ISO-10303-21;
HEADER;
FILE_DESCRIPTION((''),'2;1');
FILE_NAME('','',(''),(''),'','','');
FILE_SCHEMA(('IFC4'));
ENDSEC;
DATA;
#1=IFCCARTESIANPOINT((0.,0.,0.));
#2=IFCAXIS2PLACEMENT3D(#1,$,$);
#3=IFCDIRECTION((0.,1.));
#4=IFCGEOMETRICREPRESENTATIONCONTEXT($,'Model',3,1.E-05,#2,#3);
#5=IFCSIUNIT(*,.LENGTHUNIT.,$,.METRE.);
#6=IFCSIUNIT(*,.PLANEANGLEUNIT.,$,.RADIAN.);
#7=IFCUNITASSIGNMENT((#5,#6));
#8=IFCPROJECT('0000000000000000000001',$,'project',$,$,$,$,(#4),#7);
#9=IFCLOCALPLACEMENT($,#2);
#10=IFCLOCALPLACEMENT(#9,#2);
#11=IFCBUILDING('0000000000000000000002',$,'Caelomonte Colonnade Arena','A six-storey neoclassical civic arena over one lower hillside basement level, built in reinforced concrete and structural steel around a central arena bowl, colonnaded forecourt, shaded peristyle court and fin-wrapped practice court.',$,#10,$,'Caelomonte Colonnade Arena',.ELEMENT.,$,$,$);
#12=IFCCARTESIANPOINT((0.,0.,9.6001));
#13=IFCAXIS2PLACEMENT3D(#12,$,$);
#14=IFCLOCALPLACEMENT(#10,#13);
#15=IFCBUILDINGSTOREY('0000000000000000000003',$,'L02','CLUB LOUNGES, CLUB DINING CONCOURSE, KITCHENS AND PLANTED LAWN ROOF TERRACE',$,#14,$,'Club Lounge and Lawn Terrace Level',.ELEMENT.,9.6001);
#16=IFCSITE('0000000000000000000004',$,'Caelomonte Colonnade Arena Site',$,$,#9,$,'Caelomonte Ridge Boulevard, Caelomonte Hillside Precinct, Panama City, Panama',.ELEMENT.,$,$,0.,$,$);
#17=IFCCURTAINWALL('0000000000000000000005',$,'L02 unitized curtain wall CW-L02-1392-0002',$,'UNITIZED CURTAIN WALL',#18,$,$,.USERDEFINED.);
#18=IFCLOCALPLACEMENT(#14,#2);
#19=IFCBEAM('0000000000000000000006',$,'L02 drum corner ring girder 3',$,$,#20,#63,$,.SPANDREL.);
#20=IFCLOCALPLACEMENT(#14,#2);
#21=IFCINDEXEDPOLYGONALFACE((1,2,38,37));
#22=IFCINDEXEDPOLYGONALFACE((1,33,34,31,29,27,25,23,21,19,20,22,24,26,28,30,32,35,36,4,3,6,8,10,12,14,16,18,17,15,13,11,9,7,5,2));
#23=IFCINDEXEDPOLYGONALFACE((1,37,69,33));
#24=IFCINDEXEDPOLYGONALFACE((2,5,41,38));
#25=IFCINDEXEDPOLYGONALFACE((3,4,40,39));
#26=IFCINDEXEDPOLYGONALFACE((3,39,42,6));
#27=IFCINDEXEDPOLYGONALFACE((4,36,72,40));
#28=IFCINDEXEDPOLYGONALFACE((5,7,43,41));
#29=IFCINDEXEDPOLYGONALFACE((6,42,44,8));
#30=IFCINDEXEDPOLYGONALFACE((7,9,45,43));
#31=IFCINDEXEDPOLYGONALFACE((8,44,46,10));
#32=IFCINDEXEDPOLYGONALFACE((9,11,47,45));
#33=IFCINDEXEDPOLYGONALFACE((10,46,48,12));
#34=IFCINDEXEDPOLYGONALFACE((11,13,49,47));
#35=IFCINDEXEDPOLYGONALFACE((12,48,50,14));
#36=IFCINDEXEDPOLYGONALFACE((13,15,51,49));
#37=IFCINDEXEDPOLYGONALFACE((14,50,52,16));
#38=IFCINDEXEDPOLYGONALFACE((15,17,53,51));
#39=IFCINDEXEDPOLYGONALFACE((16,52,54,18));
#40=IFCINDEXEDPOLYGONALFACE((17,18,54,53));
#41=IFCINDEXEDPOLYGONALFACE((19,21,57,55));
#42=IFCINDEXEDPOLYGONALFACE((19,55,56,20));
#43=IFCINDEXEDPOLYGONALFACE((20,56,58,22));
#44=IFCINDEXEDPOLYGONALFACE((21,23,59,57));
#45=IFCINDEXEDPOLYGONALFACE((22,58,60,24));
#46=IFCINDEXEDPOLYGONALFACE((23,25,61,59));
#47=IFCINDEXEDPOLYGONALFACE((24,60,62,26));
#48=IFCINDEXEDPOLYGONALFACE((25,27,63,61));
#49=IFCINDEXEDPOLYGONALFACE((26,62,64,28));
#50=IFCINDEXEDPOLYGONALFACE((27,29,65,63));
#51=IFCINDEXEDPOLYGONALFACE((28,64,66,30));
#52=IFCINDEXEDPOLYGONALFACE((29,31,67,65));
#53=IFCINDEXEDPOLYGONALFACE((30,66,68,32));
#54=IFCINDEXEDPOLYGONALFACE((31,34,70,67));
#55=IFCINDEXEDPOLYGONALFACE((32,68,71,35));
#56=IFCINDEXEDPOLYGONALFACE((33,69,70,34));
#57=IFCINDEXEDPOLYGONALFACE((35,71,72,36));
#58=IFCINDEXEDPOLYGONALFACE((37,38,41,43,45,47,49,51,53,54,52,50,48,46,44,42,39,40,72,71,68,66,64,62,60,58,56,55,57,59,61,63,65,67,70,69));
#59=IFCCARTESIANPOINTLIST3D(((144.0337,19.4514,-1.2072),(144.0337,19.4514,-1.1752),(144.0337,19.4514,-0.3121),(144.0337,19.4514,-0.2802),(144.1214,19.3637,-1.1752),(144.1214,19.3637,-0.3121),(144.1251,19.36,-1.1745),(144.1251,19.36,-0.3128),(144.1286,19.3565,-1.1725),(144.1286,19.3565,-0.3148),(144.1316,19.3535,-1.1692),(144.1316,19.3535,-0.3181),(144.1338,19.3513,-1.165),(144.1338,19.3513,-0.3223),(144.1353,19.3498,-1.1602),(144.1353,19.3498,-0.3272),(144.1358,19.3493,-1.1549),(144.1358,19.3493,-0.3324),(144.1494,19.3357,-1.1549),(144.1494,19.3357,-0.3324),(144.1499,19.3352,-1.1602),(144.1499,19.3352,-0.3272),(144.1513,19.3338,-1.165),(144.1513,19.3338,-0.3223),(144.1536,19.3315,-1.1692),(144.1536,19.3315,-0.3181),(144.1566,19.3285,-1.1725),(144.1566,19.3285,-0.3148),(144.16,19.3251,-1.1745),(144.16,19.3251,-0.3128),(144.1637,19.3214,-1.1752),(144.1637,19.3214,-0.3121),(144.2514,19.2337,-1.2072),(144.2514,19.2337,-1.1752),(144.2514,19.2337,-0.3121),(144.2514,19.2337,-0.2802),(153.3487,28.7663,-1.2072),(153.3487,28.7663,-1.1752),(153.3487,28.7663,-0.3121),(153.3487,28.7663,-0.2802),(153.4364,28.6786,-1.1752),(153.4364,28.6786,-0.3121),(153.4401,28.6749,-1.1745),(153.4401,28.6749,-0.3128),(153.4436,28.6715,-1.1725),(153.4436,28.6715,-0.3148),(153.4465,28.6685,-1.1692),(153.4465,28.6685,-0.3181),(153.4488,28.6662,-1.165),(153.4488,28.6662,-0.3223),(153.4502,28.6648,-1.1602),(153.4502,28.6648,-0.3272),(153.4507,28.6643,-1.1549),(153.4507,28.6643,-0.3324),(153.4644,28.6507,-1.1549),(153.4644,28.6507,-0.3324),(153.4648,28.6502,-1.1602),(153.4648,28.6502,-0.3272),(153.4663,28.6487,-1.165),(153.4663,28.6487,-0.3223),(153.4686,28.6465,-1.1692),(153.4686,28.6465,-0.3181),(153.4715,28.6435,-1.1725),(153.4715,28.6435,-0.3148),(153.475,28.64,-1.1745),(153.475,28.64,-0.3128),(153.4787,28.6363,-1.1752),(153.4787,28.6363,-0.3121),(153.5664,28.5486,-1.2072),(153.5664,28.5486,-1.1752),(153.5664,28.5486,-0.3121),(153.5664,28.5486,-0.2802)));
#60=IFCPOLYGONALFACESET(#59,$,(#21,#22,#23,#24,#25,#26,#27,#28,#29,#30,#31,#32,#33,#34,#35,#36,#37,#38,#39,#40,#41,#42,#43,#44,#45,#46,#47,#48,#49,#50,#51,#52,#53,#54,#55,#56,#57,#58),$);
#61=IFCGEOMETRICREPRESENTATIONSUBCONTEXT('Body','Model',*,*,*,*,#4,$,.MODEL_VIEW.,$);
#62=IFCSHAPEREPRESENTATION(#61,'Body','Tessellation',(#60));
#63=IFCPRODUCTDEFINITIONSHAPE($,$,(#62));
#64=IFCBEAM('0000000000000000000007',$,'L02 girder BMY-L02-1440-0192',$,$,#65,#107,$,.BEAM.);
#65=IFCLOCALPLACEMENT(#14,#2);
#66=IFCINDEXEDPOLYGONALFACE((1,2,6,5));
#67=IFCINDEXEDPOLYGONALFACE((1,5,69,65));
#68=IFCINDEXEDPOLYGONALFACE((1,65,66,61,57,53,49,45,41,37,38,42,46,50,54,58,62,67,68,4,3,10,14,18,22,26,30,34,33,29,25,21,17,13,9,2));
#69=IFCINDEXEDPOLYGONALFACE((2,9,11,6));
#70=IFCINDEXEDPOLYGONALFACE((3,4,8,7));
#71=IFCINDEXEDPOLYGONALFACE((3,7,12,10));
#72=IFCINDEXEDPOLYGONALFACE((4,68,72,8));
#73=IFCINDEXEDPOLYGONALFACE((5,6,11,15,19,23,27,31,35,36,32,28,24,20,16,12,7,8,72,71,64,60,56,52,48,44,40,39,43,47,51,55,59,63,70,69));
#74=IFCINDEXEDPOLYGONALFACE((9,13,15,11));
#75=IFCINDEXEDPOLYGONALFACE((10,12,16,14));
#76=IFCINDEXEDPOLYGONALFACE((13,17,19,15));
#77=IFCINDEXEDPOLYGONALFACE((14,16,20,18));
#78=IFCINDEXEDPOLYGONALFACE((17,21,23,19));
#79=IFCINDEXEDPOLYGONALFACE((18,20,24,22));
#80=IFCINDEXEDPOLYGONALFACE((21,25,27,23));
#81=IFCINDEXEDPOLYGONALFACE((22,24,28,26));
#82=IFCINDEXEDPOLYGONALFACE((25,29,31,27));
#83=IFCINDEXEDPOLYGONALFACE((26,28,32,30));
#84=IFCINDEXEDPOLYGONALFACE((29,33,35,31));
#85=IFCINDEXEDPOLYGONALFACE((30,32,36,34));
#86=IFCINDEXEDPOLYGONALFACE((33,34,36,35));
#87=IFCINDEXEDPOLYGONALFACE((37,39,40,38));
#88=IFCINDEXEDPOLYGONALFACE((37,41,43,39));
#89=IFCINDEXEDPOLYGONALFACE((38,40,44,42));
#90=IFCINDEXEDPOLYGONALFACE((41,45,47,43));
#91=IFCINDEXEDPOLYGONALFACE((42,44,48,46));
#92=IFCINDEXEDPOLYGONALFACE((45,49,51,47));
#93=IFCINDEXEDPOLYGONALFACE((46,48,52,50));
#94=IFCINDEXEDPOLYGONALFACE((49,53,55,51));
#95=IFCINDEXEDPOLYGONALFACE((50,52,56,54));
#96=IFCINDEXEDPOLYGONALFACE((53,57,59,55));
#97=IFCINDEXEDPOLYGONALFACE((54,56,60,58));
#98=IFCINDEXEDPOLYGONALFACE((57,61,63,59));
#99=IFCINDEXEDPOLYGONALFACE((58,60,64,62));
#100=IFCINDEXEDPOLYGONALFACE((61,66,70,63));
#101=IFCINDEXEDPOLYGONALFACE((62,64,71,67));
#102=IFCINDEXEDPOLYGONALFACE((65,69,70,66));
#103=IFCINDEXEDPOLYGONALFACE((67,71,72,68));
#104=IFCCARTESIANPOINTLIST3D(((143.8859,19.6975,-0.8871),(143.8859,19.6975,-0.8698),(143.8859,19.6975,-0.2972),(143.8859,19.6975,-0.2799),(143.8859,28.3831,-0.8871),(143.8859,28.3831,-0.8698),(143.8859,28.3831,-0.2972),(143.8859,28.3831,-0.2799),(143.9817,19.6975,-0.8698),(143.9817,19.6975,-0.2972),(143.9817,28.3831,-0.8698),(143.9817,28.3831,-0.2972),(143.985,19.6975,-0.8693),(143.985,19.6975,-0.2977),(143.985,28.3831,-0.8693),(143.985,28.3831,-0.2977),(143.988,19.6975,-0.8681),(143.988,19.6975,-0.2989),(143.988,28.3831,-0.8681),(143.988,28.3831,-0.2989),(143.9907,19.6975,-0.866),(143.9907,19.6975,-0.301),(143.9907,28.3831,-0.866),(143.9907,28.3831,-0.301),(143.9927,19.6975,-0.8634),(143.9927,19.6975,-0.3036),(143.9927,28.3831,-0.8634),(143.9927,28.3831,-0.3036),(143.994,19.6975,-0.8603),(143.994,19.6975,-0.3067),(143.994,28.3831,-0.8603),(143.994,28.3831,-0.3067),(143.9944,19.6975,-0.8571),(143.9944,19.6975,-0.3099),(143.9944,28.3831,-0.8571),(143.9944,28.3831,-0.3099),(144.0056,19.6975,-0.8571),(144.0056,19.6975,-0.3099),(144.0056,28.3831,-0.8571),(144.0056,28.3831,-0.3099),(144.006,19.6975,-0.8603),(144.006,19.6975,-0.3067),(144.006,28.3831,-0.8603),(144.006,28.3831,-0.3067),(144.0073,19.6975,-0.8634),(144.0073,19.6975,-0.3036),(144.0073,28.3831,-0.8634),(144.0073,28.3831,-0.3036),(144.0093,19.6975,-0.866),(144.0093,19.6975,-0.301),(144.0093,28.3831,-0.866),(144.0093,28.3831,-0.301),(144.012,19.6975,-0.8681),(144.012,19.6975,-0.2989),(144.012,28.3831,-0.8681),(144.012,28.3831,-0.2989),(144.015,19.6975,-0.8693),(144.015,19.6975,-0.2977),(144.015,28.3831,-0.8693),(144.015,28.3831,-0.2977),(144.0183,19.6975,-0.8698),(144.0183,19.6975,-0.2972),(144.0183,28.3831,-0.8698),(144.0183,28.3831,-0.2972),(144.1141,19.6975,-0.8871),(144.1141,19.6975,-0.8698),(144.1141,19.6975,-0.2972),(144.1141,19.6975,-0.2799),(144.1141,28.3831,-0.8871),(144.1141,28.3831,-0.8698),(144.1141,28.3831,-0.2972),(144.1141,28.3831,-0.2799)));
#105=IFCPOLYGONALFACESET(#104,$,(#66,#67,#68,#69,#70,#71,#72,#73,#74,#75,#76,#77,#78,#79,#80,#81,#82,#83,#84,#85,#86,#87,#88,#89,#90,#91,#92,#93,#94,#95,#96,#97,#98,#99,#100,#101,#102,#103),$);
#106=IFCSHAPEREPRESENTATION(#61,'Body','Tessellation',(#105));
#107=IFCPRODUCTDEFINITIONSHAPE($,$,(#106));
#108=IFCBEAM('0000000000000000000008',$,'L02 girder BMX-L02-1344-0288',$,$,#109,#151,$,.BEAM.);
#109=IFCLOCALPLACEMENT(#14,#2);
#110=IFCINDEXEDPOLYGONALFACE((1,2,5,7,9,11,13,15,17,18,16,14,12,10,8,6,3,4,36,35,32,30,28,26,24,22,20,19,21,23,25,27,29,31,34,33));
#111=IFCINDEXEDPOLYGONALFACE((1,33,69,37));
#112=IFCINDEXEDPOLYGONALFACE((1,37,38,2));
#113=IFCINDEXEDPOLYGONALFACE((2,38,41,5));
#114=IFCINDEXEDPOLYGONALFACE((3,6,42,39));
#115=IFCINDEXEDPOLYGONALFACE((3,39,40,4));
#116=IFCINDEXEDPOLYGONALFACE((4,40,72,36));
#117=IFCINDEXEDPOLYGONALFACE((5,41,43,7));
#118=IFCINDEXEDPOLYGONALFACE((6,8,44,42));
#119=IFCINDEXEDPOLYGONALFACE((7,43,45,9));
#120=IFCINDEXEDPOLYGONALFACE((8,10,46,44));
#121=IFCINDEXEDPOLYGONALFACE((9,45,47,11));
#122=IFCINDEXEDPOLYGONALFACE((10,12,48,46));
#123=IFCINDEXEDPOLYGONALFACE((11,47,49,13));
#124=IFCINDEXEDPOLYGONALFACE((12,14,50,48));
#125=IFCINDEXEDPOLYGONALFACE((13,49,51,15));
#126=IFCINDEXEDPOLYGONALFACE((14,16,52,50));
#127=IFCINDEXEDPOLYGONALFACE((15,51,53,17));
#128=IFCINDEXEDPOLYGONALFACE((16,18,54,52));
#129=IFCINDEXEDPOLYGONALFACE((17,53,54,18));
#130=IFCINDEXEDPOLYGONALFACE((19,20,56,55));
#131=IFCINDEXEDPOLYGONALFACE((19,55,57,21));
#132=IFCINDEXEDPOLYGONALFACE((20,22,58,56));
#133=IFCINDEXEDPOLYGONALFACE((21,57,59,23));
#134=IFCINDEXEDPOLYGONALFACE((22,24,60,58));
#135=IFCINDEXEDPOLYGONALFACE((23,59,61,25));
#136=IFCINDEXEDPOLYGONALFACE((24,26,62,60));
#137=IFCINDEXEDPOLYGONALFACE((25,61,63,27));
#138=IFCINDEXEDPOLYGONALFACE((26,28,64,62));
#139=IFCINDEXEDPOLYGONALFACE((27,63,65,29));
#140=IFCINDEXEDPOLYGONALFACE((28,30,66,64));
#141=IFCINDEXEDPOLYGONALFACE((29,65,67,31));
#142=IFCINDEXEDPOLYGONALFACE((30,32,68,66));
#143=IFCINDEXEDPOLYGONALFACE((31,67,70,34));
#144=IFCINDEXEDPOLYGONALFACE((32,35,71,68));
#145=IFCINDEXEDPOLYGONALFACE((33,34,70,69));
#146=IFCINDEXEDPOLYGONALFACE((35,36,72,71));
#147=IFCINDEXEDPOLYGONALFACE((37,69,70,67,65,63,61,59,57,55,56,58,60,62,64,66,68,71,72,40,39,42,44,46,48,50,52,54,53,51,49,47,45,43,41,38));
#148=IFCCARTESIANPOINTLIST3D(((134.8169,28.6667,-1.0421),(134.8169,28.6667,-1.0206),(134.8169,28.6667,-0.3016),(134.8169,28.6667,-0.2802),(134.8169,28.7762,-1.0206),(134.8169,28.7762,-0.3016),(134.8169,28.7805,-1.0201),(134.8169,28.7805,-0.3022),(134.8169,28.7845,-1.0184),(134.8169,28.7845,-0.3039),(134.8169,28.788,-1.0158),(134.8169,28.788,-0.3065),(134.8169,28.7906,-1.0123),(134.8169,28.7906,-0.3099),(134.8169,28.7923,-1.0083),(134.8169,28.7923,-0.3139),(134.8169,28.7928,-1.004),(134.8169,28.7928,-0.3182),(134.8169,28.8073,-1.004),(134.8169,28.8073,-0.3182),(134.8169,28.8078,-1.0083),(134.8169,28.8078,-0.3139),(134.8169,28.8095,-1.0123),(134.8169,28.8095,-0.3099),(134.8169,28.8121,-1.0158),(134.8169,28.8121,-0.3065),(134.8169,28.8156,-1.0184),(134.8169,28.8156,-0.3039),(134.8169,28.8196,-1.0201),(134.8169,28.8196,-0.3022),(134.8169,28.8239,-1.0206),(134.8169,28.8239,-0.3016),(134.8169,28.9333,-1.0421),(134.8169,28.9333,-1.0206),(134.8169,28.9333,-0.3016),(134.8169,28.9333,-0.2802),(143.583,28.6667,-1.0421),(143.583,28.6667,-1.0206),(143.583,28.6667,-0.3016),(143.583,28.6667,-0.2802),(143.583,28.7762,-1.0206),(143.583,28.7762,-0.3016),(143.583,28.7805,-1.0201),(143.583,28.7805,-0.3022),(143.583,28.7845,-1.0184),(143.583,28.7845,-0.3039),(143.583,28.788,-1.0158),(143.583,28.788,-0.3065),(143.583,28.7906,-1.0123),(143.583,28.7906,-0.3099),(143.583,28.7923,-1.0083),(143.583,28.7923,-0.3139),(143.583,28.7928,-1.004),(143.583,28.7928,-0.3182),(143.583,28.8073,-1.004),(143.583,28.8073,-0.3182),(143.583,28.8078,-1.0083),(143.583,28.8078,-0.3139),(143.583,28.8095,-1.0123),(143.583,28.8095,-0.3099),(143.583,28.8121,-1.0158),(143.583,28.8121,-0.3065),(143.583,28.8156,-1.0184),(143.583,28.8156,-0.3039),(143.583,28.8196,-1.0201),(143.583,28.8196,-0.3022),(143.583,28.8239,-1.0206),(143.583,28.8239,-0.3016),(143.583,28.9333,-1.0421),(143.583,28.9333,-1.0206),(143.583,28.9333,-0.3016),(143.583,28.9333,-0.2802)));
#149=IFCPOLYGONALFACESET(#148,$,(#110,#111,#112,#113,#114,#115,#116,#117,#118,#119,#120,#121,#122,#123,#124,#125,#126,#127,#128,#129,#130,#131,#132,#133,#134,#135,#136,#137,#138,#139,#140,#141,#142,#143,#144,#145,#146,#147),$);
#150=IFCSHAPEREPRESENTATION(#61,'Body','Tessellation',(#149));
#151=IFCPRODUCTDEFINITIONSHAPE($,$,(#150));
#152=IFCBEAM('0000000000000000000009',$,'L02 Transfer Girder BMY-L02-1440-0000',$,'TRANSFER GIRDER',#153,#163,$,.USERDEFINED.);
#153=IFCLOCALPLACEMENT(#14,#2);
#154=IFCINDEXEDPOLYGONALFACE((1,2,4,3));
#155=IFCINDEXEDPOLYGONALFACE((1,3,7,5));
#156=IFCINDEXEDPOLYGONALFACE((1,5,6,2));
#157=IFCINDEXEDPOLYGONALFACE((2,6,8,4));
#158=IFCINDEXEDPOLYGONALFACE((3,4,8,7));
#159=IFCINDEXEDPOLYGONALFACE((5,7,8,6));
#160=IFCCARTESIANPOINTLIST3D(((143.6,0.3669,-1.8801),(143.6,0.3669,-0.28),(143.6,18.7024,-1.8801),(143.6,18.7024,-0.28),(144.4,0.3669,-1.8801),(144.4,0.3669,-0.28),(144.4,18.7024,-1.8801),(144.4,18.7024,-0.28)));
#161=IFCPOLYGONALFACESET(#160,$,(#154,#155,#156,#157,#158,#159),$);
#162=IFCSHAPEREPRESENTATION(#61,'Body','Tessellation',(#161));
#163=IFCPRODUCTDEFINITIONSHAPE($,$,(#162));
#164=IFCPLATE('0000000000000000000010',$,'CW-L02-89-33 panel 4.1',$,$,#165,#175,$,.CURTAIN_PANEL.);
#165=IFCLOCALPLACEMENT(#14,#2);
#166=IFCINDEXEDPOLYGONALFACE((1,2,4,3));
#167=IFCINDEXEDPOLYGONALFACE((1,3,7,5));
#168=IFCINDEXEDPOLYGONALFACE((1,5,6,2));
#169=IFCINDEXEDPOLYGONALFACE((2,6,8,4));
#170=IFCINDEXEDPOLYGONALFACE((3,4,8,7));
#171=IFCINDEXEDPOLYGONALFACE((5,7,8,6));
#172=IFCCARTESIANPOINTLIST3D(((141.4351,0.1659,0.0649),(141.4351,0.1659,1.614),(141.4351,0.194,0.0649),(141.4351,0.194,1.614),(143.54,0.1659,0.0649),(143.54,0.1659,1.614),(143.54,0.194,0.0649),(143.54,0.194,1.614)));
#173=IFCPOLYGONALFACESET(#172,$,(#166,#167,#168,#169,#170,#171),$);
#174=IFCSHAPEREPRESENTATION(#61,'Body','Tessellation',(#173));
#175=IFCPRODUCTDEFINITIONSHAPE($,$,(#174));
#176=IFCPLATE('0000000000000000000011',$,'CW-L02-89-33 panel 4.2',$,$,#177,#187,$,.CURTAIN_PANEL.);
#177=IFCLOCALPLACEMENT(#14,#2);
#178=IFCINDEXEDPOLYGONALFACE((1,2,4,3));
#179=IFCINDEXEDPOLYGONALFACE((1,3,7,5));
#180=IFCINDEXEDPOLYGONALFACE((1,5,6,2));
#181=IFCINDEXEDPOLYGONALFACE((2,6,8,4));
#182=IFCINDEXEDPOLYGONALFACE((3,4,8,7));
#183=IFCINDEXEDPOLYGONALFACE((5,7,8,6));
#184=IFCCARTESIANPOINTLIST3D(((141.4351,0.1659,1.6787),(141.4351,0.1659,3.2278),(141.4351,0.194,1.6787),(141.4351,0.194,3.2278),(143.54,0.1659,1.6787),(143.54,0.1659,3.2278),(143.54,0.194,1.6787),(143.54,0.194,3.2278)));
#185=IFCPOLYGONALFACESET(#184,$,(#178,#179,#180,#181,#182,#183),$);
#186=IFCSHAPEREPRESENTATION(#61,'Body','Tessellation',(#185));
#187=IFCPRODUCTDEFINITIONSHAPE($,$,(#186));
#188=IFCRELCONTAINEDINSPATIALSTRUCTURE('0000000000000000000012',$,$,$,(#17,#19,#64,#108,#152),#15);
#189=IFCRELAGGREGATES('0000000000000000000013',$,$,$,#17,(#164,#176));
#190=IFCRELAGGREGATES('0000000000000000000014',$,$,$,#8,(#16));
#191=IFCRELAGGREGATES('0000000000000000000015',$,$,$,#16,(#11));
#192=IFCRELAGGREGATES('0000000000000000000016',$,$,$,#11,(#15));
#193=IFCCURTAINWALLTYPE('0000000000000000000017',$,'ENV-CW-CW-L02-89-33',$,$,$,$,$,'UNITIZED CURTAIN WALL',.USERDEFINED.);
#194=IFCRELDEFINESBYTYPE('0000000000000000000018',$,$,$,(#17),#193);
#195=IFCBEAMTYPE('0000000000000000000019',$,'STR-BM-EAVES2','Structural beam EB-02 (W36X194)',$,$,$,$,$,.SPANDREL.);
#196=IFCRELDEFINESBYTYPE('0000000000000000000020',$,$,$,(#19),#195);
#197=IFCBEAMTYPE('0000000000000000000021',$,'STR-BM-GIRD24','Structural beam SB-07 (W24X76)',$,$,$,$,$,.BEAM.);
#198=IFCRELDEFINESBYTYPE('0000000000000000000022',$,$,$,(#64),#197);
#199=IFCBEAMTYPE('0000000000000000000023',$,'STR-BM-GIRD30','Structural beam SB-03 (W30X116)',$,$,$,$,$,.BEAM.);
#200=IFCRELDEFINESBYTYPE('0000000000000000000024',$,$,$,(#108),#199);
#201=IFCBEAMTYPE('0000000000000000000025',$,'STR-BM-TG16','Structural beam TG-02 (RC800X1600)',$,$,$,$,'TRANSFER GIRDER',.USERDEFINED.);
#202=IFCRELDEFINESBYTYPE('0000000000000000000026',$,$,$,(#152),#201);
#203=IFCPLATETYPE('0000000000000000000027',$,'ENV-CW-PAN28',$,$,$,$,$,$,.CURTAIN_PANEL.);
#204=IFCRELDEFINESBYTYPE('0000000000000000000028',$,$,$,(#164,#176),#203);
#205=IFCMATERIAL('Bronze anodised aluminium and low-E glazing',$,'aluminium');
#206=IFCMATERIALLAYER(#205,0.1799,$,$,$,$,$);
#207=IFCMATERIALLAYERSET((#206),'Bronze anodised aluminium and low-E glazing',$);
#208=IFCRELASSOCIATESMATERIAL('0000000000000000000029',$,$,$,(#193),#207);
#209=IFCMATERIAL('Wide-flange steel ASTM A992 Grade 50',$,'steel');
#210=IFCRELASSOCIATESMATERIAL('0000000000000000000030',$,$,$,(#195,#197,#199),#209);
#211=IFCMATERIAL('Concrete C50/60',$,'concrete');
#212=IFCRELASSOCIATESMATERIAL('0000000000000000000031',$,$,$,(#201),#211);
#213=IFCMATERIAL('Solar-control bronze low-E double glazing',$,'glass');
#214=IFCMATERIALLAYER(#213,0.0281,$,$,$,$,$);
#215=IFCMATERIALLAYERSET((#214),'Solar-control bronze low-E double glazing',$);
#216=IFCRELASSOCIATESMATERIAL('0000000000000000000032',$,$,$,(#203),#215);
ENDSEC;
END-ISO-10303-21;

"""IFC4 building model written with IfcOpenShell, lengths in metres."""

from ifc_helpers import new_model, si_unit, direction, frame, origin, origin_2d, place, context, subcontext, project, spatial, rectangle, i_section, extrude, material, layer, layer_set, material_profile, profile_set, type_object, element, aggregate, save


model = new_model("IFC4")

# Units and contexts
model_context = context("Model", 3, precision=1e-05, world=origin(), true_north=direction((0.0, 1.0)))
body_context = subcontext(model_context, "Body", "Model", "MODEL_VIEW")
ifc_project = project(units=[si_unit("LENGTHUNIT", "METRE"), si_unit("PLANEANGLEUNIT", "RADIAN")], contexts=[model_context])

# Site, building, storey
site_placement = place(None, origin())
site = spatial("IfcSite", under=ifc_project, at=site_placement, Name="Caelomonte Colonnade Arena Site", LongName="Caelomonte Ridge Boulevard, Caelomonte Hillside Precinct, Panama City, Panama", CompositionType="ELEMENT", RefElevation=0.0)
building_placement = place(site_placement, origin())
building = spatial("IfcBuilding", under=site, at=building_placement, Name="Caelomonte Colonnade Arena", Description="A six-storey neoclassical civic arena over one lower hillside basement level, built in reinforced concrete and structural steel around a central arena bowl, colonnaded forecourt, shaded peristyle court and fin-wrapped practice court.", LongName="Caelomonte Colonnade Arena", CompositionType="ELEMENT")
storey_placement = place(building_placement, frame((0.0, 0.0, 9.6001)))
storey = spatial("IfcBuildingStorey", under=building, at=storey_placement, Name="L02", Description="CLUB LOUNGES, CLUB DINING CONCOURSE, KITCHENS AND PLANTED LAWN ROOF TERRACE", LongName="Club Lounge and Lawn Terrace Level", CompositionType="ELEMENT", Elevation=9.6001)

# Shared definitions
ifc_material_1 = material(Name="Wide-flange steel ASTM A992 Grade 50", Category="steel")

# Curtain wall
ifc_material_2 = material(Name="Bronze anodised aluminium and low-E glazing", Category="aluminium")
ifc_layer_1 = layer(ifc_material_2, 0.1799)
ifc_layer_set_1 = layer_set([ifc_layer_1], Name="Bronze anodised aluminium and low-E glazing")
curtain_wall_type = type_object("IfcCurtainWallType", Name="ENV-CW-CW-L02-89-33", ElementType="UNITIZED CURTAIN WALL", PredefinedType="USERDEFINED", material=ifc_layer_set_1)
curtain_wall_placement = place(storey_placement, origin())
curtain_wall = element("IfcCurtainWall", 1, at=curtain_wall_placement, inside=storey, type_object=curtain_wall_type, Name="L02 unitized curtain wall CW-L02-1392-0002", ObjectType="UNITIZED CURTAIN WALL", PredefinedType="USERDEFINED")

# Beams
ifc_material_profile_1 = material_profile(ifc_material_1, i_section(OverallWidth=0.3079, OverallDepth=0.927, WebThickness=0.0193, FlangeThickness=0.032, FilletRadius=0.0203, at=origin_2d()), Name="W36X194")
ifc_profile_set_1 = profile_set([ifc_material_profile_1], Name="Wide-flange steel ASTM A992 Grade 50")
beam_type_1 = type_object("IfcBeamType", Name="STR-BM-EAVES2", Description="Structural beam EB-02 (W36X194)", PredefinedType="SPANDREL", material=ifc_profile_set_1)
beam_1_placement = place(storey_placement, frame((144.1426, 19.3425, -0.7437), z_axis=(0.707107, 0.707107, 0.0), x_axis=(-0.707107, 0.707107, 0.0)))
element("IfcBeam", 2, at=beam_1_placement, inside=storey, type_object=beam_type_1, Name="L02 drum corner ring girder 3", PredefinedType="SPANDREL", context=body_context, shape_type="SweptSolid", body=[
    extrude(i_section(OverallWidth=0.3079, OverallDepth=0.927, WebThickness=0.0193, FlangeThickness=0.032, FilletRadius=0.0203, at=origin_2d()), origin(), (0.0, 0.0, 1.0), 13.1733),
])
ifc_material_profile_2 = material_profile(ifc_material_1, i_section(OverallWidth=0.2283, OverallDepth=0.6072, WebThickness=0.0112, FlangeThickness=0.0173, FilletRadius=0.0127, at=origin_2d()), Name="W24X76")
ifc_profile_set_2 = profile_set([ifc_material_profile_2], Name="Wide-flange steel ASTM A992 Grade 50")
beam_type_2 = type_object("IfcBeamType", Name="STR-BM-GIRD24", Description="Structural beam SB-07 (W24X76)", PredefinedType="BEAM", material=ifc_profile_set_2)
beam_2_placement = place(storey_placement, frame((144.0, 19.6975, -0.5835), z_axis=(0.0, 1.0, 0.0), x_axis=(-1.0, 0.0, 0.0)))
element("IfcBeam", 3, at=beam_2_placement, inside=storey, type_object=beam_type_2, Name="L02 girder BMY-L02-1440-0192", PredefinedType="BEAM", context=body_context, shape_type="SweptSolid", body=[
    extrude(i_section(OverallWidth=0.2283, OverallDepth=0.6072, WebThickness=0.0112, FlangeThickness=0.0173, FilletRadius=0.0127, at=origin_2d()), origin(), (0.0, 0.0, 1.0), 8.6855),
])
ifc_material_profile_3 = material_profile(ifc_material_1, i_section(OverallWidth=0.2666, OverallDepth=0.762, WebThickness=0.0144, FlangeThickness=0.0215, FilletRadius=0.0166, at=origin_2d()), Name="W30X116")
ifc_profile_set_3 = profile_set([ifc_material_profile_3], Name="Wide-flange steel ASTM A992 Grade 50")
beam_type_3 = type_object("IfcBeamType", Name="STR-BM-GIRD30", Description="Structural beam SB-03 (W30X116)", PredefinedType="BEAM", material=ifc_profile_set_3)
beam_3_placement = place(storey_placement, frame((134.8169, 28.8, -0.6611), z_axis=(1.0, 0.0, 0.0), x_axis=(0.0, 1.0, 0.0)))
element("IfcBeam", 4, at=beam_3_placement, inside=storey, type_object=beam_type_3, Name="L02 girder BMX-L02-1344-0288", PredefinedType="BEAM", context=body_context, shape_type="SweptSolid", body=[
    extrude(i_section(OverallWidth=0.2666, OverallDepth=0.762, WebThickness=0.0144, FlangeThickness=0.0215, FilletRadius=0.0166, at=origin_2d()), origin(), (0.0, 0.0, 1.0), 8.7661),
])
ifc_material_3 = material(Name="Concrete C50/60", Category="concrete")
ifc_material_profile_4 = material_profile(ifc_material_3, rectangle(XDim=0.8, YDim=1.6001, at=origin_2d()), Name="RC800X1600")
ifc_profile_set_4 = profile_set([ifc_material_profile_4], Name="Concrete C50/60")
beam_type_4 = type_object("IfcBeamType", Name="STR-BM-TG16", Description="Structural beam TG-02 (RC800X1600)", ElementType="TRANSFER GIRDER", PredefinedType="USERDEFINED", material=ifc_profile_set_4)
beam_4_placement = place(storey_placement, frame((144.0, 0.3669, -1.0801), z_axis=(0.0, 1.0, 0.0), x_axis=(-1.0, 0.0, 0.0)))
element("IfcBeam", 5, at=beam_4_placement, inside=storey, type_object=beam_type_4, Name="L02 Transfer Girder BMY-L02-1440-0000", ObjectType="TRANSFER GIRDER", PredefinedType="USERDEFINED", context=body_context, shape_type="SweptSolid", body=[
    extrude(rectangle(XDim=0.8, YDim=1.6001, at=origin_2d()), origin(), (0.0, 0.0, 1.0), 18.3354),
])

# Plates
ifc_material_4 = material(Name="Solar-control bronze low-E double glazing", Category="glass")
ifc_layer_2 = layer(ifc_material_4, 0.0281)
ifc_layer_set_2 = layer_set([ifc_layer_2], Name="Solar-control bronze low-E double glazing")
plate_type = type_object("IfcPlateType", Name="ENV-CW-PAN28", PredefinedType="CURTAIN_PANEL", material=ifc_layer_set_2)
plate_1_placement = place(storey_placement, frame((142.4875, 0.1799, 0.0649), z_axis=(0.0, 0.0, 1.0), x_axis=(1.0, 0.0, 0.0)))
plate_1 = element("IfcPlate", 6, at=plate_1_placement, type_object=plate_type, Name="CW-L02-89-33 panel 4.1", PredefinedType="CURTAIN_PANEL", context=body_context, shape_type="SweptSolid", body=[
    extrude(rectangle(XDim=2.105, YDim=0.0281, at=origin_2d()), origin(), (0.0, 0.0, 1.0), 1.5491),
])
plate_2_placement = place(storey_placement, frame((142.4875, 0.1799, 1.6787), z_axis=(0.0, 0.0, 1.0), x_axis=(1.0, 0.0, 0.0)))
plate_2 = element("IfcPlate", 7, at=plate_2_placement, type_object=plate_type, Name="CW-L02-89-33 panel 4.2", PredefinedType="CURTAIN_PANEL", context=body_context, shape_type="SweptSolid", body=[
    extrude(rectangle(XDim=2.105, YDim=0.0281, at=origin_2d()), origin(), (0.0, 0.0, 1.0), 1.5491),
])
aggregate(curtain_wall, [plate_1, plate_2])

save(model, "model.ifc")
